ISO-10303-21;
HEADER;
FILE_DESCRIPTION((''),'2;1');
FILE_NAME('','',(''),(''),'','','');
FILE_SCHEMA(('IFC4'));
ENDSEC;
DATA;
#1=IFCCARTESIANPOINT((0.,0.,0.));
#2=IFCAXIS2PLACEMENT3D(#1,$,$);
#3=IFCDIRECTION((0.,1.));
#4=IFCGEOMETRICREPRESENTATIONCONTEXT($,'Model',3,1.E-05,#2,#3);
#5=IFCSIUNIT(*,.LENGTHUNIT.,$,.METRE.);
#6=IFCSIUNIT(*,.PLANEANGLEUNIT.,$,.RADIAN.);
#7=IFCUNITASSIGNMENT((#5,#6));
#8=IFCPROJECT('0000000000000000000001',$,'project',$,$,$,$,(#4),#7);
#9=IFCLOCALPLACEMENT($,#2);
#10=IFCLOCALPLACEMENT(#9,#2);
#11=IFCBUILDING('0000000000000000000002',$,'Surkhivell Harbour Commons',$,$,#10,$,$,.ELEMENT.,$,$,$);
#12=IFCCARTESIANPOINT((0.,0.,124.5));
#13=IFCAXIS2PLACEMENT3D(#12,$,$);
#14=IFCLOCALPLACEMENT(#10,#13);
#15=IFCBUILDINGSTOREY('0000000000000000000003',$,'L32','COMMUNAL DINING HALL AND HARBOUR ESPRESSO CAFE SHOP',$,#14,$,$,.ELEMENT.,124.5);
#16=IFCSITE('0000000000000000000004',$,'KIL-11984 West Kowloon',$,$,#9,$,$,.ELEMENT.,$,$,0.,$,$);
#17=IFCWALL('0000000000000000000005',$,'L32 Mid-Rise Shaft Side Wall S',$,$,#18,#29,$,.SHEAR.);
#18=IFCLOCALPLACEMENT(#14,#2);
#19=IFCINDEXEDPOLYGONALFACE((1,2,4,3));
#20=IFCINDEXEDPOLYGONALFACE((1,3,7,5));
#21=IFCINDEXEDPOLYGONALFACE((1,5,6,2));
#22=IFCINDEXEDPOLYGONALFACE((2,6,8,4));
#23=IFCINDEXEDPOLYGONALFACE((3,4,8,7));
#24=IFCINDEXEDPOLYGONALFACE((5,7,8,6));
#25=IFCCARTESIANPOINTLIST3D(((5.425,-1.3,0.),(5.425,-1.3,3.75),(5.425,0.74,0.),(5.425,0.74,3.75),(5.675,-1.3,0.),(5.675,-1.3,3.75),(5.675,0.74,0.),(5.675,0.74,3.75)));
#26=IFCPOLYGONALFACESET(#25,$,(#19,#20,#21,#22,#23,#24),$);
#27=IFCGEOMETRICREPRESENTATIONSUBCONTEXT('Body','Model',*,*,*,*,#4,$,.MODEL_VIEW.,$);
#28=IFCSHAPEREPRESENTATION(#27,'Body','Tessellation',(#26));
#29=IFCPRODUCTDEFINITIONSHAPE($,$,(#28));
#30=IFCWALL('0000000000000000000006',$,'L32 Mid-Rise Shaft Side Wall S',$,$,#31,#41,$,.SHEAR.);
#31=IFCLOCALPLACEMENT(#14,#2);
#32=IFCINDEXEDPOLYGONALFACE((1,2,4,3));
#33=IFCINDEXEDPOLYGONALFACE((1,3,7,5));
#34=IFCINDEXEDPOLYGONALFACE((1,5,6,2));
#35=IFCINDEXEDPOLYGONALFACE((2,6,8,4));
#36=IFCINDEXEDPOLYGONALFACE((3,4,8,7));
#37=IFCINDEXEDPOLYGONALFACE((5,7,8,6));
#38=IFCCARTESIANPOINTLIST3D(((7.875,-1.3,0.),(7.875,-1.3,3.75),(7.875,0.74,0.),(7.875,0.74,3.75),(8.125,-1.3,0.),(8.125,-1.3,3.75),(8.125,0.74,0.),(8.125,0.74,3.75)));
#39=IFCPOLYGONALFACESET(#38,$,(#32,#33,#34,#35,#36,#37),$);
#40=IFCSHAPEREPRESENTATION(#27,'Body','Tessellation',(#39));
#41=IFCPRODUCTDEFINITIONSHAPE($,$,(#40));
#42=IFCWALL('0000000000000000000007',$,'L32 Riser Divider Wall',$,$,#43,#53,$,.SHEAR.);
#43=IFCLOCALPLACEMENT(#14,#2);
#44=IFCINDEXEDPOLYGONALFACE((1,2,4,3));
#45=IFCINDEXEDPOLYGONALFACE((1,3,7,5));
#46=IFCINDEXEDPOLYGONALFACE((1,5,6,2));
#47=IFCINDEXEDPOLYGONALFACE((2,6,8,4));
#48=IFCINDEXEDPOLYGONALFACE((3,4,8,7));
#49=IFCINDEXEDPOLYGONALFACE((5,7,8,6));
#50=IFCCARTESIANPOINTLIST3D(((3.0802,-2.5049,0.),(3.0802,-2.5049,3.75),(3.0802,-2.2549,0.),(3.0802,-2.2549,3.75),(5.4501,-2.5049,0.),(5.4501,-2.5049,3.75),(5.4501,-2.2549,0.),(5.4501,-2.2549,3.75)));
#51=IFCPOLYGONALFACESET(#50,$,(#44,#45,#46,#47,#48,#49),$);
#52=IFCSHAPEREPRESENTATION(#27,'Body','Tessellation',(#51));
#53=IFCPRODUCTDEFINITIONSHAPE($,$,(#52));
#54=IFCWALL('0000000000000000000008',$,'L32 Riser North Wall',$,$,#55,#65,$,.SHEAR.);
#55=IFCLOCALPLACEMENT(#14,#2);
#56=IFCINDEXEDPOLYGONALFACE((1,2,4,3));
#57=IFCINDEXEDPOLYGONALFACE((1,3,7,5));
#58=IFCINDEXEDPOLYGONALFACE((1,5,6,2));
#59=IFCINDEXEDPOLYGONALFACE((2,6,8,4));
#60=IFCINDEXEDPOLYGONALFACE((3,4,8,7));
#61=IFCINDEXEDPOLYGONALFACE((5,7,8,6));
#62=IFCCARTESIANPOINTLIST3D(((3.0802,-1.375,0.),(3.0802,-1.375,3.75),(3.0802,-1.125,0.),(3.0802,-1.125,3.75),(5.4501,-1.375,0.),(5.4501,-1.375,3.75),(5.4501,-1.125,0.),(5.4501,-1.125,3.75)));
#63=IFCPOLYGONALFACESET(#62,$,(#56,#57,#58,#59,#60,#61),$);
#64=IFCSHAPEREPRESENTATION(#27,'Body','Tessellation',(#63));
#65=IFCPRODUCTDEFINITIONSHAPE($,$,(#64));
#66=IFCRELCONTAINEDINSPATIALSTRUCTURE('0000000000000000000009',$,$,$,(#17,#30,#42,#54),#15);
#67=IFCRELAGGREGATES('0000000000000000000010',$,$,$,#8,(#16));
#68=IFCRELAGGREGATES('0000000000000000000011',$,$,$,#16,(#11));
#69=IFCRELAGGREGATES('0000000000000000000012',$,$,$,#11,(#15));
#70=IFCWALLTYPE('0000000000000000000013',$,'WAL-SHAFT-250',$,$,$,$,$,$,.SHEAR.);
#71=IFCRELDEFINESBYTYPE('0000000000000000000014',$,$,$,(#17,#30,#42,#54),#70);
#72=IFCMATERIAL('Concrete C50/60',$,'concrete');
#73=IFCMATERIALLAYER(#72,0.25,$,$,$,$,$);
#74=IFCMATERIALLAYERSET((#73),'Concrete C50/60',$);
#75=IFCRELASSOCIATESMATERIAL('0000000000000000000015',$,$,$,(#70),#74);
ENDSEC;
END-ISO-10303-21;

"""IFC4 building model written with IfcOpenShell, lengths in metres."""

from ifc_helpers import new_model, si_unit, direction, frame, frame_2d, origin, place, context, subcontext, project, spatial, rectangle, extrude, material, layer, layer_set, type_object, element, save


model = new_model("IFC4")

# Units and contexts
model_context = context("Model", 3, precision=1e-05, world=origin(), true_north=direction((0.0, 1.0)))
body_context = subcontext(model_context, "Body", "Model", "MODEL_VIEW")
ifc_project = project(units=[si_unit("LENGTHUNIT", "METRE"), si_unit("PLANEANGLEUNIT", "RADIAN")], contexts=[model_context])

# Site, building, storey
site_placement = place(None, origin())
site = spatial("IfcSite", under=ifc_project, at=site_placement, Name="KIL-11984 West Kowloon", CompositionType="ELEMENT", RefElevation=0.0)
building_placement = place(site_placement, origin())
building = spatial("IfcBuilding", under=site, at=building_placement, Name="Surkhivell Harbour Commons", CompositionType="ELEMENT")
storey_placement = place(building_placement, frame((0.0, 0.0, 124.5)))
storey = spatial("IfcBuildingStorey", under=building, at=storey_placement, Name="L32", Description="COMMUNAL DINING HALL AND HARBOUR ESPRESSO CAFE SHOP", CompositionType="ELEMENT", Elevation=124.5)

# Shared definitions
ifc_material_1 = material(Name="Concrete C50/60", Category="concrete")
ifc_layer_1 = layer(ifc_material_1, 0.25)
ifc_layer_set_1 = layer_set([ifc_layer_1], Name="Concrete C50/60")
wall_type_1 = type_object("IfcWallType", Name="WAL-SHAFT-250", PredefinedType="SHEAR", material=ifc_layer_set_1)

# Walls
for number, where, z_axis, x_axis, name in (
    (1, (5.55, -1.3, 0.0), (0.0, 0.0, 1.0), (0.0, 1.0, 0.0), "L32 Mid-Rise Shaft Side Wall S"),
    (2, (8.0, -1.3, 0.0), (0.0, 0.0, 1.0), (0.0, 1.0, 0.0), "L32 Mid-Rise Shaft Side Wall S"),
):
    element("IfcWall", number, at=place(storey_placement, frame(where, z_axis=z_axis, x_axis=x_axis)), inside=storey, type_object=wall_type_1, Name=name, PredefinedType="SHEAR", context=body_context, shape_type="SweptSolid", body=[
        extrude(rectangle(XDim=2.04, YDim=0.25, at=frame_2d((1.02, 0.0))), origin(), (0.0, 0.0, 1.0), 3.75),
    ])
for number, where, z_axis, x_axis, name in (
    (3, (3.0801, -2.3799, 0.0), (0.0, 0.0, 1.0), (1.0, 0.0, 0.0), "L32 Riser Divider Wall"),
    (4, (3.0801, -1.25, 0.0), (0.0, 0.0, 1.0), (1.0, 0.0, 0.0), "L32 Riser North Wall"),
):
    element("IfcWall", number, at=place(storey_placement, frame(where, z_axis=z_axis, x_axis=x_axis)), inside=storey, type_object=wall_type_1, Name=name, PredefinedType="SHEAR", context=body_context, shape_type="SweptSolid", body=[
        extrude(rectangle(XDim=2.3699, YDim=0.25, at=frame_2d((1.1851, 0.0))), origin(), (0.0, 0.0, 1.0), 3.75),
    ])

save(model, "model.ifc")
